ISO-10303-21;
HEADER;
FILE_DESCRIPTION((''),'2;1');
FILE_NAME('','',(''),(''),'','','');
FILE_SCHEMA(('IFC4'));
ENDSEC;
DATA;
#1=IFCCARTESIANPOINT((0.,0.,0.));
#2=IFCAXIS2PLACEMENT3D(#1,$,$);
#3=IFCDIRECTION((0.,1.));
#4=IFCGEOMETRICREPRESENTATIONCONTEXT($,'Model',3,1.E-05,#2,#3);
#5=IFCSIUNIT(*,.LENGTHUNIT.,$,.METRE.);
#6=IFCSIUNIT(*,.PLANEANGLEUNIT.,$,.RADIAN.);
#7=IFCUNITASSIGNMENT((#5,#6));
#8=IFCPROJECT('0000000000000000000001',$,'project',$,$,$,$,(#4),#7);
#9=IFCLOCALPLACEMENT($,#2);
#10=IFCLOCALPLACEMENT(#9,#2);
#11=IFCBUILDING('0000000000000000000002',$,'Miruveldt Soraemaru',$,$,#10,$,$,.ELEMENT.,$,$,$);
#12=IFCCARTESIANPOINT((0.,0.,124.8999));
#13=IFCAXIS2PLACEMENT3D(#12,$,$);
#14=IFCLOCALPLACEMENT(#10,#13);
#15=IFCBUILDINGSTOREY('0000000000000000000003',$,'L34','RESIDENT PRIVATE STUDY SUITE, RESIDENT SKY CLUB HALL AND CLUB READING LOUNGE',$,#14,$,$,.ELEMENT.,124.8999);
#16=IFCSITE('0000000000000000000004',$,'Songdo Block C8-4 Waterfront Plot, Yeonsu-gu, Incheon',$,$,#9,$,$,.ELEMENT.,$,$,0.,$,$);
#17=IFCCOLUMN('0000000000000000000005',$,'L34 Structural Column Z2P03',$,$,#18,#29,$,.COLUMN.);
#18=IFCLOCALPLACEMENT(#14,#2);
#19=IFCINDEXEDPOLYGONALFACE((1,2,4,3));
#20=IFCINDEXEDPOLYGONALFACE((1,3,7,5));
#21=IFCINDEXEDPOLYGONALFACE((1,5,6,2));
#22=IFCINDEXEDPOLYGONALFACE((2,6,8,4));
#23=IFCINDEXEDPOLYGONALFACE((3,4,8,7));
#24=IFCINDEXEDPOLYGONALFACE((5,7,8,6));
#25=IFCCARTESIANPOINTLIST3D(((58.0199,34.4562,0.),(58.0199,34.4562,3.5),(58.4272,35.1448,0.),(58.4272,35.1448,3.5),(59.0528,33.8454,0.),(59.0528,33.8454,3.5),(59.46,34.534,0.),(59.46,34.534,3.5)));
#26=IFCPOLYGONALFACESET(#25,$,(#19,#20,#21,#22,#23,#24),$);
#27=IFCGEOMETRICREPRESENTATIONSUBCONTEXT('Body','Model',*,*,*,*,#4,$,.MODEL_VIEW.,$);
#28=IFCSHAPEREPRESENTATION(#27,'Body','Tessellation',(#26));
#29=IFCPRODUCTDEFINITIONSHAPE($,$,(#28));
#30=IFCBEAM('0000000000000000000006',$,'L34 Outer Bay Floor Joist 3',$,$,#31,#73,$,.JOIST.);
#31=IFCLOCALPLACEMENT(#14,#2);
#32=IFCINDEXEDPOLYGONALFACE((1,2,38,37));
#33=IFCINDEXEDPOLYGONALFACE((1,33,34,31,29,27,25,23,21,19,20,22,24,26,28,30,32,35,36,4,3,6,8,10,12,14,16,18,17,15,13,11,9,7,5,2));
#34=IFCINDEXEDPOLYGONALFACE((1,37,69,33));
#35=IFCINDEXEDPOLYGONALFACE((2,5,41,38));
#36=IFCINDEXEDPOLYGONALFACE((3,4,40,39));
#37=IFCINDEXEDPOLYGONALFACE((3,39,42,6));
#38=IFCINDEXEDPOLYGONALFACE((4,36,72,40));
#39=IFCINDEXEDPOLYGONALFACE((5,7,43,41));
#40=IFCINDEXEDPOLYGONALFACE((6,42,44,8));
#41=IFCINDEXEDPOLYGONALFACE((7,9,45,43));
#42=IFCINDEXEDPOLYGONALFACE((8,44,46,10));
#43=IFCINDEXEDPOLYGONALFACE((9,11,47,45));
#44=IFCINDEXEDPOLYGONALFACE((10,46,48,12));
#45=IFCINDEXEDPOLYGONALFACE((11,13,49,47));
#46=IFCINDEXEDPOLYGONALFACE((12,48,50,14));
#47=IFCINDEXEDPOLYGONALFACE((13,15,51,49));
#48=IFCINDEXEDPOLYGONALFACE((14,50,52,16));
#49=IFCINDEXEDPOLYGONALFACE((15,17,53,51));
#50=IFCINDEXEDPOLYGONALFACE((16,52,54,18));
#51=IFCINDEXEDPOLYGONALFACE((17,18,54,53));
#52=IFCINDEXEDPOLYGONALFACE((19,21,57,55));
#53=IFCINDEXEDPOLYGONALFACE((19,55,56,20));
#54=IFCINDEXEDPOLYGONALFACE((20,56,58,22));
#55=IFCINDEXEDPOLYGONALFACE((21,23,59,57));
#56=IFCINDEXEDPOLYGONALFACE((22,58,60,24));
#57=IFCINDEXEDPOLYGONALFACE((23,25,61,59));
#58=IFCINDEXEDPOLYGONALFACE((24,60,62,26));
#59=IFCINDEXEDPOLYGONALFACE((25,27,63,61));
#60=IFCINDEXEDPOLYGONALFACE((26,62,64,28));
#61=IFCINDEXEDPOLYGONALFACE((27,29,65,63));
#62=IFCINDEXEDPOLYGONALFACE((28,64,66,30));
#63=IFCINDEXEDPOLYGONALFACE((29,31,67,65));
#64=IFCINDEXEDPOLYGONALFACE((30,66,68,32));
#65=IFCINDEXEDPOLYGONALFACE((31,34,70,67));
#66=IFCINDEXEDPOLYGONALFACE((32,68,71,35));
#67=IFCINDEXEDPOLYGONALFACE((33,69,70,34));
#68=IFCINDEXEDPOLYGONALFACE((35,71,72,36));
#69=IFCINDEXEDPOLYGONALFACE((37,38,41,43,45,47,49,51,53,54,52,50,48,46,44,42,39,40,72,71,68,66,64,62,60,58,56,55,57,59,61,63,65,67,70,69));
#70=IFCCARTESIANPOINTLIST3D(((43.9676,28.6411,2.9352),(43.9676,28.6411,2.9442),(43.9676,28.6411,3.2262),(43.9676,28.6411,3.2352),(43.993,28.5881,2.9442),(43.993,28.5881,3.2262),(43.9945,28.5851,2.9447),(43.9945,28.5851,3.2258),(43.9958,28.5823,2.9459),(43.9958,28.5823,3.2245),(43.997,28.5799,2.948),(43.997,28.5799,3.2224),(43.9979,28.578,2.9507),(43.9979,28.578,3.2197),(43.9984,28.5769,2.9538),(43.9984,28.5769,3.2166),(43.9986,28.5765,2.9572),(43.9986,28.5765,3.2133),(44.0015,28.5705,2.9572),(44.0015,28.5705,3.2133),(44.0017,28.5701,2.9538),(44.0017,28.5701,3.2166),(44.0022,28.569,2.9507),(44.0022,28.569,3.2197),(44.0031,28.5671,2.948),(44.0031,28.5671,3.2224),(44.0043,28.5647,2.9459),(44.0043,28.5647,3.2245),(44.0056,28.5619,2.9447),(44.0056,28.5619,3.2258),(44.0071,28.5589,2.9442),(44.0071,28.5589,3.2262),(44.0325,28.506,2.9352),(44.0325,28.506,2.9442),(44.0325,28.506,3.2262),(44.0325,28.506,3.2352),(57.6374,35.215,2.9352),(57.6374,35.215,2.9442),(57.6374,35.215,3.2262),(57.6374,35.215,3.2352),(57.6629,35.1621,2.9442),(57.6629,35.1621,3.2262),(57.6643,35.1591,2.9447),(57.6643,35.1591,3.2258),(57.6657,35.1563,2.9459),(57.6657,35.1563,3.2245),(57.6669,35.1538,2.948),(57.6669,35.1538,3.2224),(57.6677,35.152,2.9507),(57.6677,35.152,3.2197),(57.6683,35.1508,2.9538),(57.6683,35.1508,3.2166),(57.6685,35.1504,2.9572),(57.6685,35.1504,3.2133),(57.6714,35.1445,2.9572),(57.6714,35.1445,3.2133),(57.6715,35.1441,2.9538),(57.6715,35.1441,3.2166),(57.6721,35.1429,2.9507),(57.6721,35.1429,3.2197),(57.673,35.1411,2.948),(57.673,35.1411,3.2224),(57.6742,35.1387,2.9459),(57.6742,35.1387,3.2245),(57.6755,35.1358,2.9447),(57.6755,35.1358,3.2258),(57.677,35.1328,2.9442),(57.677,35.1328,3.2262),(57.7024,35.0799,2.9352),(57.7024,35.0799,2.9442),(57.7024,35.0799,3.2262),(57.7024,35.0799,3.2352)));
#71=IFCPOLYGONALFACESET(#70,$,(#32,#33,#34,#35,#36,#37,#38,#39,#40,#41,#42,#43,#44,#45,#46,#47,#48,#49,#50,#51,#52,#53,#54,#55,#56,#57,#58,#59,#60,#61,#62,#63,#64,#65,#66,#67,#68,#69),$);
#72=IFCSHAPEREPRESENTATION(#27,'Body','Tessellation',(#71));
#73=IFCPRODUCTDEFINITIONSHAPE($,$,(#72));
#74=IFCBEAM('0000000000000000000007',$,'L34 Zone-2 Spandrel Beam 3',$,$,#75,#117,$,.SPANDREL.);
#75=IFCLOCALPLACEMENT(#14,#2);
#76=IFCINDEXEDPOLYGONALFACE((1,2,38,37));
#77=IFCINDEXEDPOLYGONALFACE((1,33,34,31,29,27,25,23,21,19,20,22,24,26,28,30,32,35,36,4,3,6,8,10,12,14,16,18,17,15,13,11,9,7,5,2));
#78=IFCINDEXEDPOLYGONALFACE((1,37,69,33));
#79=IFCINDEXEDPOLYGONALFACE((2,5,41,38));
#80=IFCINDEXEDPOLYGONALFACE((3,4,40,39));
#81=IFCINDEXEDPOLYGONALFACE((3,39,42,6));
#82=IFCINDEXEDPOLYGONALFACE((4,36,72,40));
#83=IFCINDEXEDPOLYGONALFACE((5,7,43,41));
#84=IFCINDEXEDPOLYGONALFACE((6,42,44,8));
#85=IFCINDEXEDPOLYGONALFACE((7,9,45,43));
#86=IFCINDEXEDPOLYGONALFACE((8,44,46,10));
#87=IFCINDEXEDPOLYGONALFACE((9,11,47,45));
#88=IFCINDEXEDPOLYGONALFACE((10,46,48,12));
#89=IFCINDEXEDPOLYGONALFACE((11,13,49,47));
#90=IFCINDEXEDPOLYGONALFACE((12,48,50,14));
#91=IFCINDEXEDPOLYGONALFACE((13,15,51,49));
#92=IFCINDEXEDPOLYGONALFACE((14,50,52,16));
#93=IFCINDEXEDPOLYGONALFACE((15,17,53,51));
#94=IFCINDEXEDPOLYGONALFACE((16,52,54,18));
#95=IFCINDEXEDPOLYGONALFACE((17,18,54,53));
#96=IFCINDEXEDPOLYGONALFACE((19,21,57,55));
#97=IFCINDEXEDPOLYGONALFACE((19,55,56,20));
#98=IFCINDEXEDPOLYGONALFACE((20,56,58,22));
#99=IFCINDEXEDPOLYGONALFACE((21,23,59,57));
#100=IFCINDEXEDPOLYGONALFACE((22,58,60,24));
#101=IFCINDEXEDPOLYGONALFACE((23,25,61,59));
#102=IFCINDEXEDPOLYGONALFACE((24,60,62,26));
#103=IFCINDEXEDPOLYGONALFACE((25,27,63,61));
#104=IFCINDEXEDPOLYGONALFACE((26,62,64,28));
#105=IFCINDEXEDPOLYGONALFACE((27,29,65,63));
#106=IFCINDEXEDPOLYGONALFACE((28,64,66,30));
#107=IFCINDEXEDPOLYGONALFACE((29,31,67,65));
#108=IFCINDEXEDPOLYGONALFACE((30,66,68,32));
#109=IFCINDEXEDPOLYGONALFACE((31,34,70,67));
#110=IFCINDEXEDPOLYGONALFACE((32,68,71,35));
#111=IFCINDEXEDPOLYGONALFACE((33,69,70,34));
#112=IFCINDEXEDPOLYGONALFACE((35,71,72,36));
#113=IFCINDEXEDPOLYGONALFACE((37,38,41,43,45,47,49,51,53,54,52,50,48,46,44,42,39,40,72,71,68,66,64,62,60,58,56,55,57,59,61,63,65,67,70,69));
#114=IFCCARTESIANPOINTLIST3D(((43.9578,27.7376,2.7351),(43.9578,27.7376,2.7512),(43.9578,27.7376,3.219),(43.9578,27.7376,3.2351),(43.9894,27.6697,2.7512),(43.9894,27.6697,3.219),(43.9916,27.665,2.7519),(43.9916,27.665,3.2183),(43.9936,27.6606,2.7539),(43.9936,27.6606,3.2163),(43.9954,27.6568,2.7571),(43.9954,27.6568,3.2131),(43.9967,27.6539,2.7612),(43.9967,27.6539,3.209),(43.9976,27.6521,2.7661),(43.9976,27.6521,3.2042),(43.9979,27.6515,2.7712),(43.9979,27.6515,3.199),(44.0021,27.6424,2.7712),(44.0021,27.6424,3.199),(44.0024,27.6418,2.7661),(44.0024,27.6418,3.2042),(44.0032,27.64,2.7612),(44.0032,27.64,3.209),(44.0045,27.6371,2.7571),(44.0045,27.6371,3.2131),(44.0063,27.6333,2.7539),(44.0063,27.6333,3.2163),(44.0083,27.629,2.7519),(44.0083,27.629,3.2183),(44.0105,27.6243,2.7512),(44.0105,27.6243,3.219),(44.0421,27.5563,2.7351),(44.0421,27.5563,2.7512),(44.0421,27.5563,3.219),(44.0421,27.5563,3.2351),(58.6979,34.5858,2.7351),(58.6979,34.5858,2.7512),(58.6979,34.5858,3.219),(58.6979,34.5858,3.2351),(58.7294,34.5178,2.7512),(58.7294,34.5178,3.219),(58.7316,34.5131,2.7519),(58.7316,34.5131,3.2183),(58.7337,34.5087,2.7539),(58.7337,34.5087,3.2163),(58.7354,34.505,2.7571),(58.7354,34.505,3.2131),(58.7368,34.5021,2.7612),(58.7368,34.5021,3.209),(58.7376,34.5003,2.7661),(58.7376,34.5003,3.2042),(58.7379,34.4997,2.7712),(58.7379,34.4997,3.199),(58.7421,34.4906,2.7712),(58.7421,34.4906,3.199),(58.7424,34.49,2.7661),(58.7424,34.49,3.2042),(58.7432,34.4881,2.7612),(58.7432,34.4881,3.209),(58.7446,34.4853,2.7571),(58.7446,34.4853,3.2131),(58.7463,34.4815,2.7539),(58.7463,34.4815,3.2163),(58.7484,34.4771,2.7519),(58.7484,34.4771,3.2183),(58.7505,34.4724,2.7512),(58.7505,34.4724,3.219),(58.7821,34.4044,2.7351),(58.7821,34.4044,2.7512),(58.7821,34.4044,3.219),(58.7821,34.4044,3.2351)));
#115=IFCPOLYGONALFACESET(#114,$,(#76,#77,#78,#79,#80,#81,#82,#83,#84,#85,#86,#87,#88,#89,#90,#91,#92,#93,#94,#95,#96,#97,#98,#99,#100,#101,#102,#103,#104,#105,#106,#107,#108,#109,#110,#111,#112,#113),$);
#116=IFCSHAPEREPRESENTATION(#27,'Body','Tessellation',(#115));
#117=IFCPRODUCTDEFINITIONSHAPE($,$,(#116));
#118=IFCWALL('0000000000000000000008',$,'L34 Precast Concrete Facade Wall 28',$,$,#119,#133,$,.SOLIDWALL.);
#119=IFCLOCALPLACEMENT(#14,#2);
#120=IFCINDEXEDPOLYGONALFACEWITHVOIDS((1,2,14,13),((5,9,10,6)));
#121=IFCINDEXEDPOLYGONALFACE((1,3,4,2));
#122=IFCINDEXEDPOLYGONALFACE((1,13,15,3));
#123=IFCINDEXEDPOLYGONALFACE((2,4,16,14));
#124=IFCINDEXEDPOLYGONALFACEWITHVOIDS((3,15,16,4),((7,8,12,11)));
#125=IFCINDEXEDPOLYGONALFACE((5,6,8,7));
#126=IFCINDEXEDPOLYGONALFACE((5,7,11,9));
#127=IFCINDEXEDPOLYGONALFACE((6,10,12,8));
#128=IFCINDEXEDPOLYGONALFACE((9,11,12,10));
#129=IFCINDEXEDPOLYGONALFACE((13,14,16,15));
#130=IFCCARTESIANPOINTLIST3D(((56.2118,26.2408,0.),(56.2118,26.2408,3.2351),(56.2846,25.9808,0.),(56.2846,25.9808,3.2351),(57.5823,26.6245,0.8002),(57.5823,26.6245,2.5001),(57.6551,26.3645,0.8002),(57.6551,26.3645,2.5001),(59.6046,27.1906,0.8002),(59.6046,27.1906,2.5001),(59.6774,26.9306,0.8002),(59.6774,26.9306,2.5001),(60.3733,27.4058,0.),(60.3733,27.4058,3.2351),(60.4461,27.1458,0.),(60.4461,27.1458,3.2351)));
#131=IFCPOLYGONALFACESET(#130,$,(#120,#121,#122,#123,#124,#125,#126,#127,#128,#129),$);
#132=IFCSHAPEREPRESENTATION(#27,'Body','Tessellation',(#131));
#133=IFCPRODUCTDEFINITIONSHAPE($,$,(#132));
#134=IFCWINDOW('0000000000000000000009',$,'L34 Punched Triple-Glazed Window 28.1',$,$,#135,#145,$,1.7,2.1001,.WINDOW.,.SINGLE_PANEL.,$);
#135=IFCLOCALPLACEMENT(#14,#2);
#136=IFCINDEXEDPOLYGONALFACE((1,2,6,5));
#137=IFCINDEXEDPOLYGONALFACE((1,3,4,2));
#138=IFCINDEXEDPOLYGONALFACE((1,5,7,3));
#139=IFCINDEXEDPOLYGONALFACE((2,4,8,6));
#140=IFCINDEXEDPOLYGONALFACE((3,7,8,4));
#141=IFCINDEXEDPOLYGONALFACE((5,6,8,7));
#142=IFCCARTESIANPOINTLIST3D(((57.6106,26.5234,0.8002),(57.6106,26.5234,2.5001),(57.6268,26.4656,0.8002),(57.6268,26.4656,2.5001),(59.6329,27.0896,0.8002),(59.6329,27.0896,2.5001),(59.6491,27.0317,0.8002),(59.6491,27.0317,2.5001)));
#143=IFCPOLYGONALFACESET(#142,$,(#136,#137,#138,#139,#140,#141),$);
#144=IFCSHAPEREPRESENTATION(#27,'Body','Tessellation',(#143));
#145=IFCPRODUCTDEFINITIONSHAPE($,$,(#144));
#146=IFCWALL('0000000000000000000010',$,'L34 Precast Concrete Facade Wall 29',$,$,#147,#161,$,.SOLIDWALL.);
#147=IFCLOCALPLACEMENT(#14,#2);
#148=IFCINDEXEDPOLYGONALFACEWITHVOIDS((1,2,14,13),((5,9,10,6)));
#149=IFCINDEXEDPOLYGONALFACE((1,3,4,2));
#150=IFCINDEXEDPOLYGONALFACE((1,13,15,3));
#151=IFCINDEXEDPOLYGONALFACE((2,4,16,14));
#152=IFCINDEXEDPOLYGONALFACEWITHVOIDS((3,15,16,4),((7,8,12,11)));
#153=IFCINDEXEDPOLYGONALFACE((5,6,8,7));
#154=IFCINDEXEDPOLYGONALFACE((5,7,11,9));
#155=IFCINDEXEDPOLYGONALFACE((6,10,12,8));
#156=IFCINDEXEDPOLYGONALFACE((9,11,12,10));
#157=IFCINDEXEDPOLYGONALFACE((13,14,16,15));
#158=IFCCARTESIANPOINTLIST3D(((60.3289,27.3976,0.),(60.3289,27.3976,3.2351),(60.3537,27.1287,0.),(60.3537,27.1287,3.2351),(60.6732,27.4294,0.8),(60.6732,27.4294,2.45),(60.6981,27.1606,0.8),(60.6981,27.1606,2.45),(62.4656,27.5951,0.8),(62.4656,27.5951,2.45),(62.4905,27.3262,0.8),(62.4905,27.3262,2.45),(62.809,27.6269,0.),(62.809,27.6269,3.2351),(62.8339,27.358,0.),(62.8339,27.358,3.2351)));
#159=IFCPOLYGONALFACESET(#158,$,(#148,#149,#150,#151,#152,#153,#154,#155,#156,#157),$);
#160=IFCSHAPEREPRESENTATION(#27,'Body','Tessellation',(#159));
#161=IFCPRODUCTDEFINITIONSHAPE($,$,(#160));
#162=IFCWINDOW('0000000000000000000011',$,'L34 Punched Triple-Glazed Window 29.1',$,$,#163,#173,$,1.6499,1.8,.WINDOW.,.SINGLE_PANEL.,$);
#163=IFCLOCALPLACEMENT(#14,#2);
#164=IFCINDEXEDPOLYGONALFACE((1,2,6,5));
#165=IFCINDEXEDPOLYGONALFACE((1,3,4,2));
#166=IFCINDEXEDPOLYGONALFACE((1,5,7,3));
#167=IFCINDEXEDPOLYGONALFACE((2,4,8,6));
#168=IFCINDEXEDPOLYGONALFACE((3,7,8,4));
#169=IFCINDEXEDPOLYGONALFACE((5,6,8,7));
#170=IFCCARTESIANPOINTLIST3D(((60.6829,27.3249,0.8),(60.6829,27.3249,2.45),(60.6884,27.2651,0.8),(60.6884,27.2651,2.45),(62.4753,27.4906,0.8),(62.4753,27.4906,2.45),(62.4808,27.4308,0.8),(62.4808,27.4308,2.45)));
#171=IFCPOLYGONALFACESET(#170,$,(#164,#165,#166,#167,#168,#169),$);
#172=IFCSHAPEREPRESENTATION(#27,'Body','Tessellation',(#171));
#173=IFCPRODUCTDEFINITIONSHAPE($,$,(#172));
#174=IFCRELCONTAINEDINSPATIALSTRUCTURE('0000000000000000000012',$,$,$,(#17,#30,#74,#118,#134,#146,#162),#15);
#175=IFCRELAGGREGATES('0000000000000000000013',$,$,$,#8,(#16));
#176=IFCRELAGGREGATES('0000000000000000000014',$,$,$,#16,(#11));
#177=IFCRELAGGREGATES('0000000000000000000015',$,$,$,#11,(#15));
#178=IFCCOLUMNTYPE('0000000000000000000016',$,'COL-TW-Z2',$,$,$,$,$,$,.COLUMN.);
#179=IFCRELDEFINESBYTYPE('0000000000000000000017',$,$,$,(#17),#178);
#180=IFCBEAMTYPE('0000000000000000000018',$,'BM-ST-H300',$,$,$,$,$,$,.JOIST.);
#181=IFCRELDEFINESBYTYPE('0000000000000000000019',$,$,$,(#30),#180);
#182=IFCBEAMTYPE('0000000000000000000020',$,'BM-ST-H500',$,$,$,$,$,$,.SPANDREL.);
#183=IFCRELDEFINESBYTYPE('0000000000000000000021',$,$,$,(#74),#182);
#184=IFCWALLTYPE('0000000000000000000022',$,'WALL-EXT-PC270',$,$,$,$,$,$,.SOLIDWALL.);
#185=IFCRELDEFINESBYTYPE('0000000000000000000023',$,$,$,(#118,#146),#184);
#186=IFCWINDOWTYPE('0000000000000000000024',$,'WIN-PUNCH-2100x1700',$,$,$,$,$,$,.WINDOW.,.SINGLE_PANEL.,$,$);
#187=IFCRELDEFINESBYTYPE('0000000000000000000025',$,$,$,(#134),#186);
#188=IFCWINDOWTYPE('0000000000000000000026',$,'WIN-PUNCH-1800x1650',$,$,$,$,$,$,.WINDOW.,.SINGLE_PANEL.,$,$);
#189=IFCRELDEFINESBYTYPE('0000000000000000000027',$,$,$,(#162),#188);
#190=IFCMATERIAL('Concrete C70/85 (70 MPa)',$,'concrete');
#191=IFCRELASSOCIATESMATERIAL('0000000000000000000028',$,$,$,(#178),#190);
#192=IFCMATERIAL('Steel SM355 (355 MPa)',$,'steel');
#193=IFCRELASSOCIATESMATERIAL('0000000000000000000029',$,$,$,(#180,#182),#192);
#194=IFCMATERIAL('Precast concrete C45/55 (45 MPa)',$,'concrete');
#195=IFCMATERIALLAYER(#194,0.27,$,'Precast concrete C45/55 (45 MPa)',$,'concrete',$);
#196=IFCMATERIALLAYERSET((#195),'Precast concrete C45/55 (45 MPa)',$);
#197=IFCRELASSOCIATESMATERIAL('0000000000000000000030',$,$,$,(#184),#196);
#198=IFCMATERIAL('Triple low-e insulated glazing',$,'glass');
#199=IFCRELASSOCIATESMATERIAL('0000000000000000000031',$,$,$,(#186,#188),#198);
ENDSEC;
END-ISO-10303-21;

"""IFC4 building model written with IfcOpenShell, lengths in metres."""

from ifc_helpers import new_model, si_unit, direction, frame, frame_2d, origin, origin_2d, place, context, subcontext, project, spatial, rectangle, i_section, extrude, material, layer, layer_set, material_profile, profile_set, type_object, element, fill, save


model = new_model("IFC4")

# Units and contexts
model_context = context("Model", 3, precision=1e-05, world=origin(), true_north=direction((0.0, 1.0)))
body_context = subcontext(model_context, "Body", "Model", "MODEL_VIEW")
ifc_project = project(units=[si_unit("LENGTHUNIT", "METRE"), si_unit("PLANEANGLEUNIT", "RADIAN")], contexts=[model_context])

# Site, building, storey
site_placement = place(None, origin())
site = spatial("IfcSite", under=ifc_project, at=site_placement, Name="Songdo Block C8-4 Waterfront Plot, Yeonsu-gu, Incheon", CompositionType="ELEMENT", RefElevation=0.0)
building_placement = place(site_placement, origin())
building = spatial("IfcBuilding", under=site, at=building_placement, Name="Miruveldt Soraemaru", CompositionType="ELEMENT")
storey_placement = place(building_placement, frame((0.0, 0.0, 124.8999)))
storey = spatial("IfcBuildingStorey", under=building, at=storey_placement, Name="L34", Description="RESIDENT PRIVATE STUDY SUITE, RESIDENT SKY CLUB HALL AND CLUB READING LOUNGE", CompositionType="ELEMENT", Elevation=124.8999)

# Column
ifc_material_1 = material(Name="Concrete C70/85 (70 MPa)", Category="concrete")
ifc_material_profile_1 = material_profile(ifc_material_1, rectangle(XDim=1.2, YDim=0.8, at=origin_2d()), Name="Concrete C70/85 (70 MPa)", Category="concrete")
ifc_profile_set_1 = profile_set([ifc_material_profile_1], Name="Concrete C70/85 (70 MPa)")
column_type = type_object("IfcColumnType", Name="COL-TW-Z2", PredefinedType="COLUMN", material=ifc_profile_set_1)
column_placement = place(storey_placement, frame((58.74, 34.4951, 0.0), z_axis=(0.0, 0.0, 1.0), x_axis=(-0.860742, 0.509041, 0.0)))
element("IfcColumn", 1, at=column_placement, inside=storey, type_object=column_type, Name="L34 Structural Column Z2P03", PredefinedType="COLUMN", context=body_context, shape_type="SweptSolid", body=[
    extrude(rectangle(XDim=1.2, YDim=0.8, at=origin_2d()), origin(), (0.0, 0.0, 1.0), 3.5),
])

# Beams
ifc_material_2 = material(Name="Steel SM355 (355 MPa)", Category="steel")
ifc_material_profile_2 = material_profile(ifc_material_2, i_section(OverallWidth=0.1499, OverallDepth=0.3, WebThickness=0.0066, FlangeThickness=0.009, FilletRadius=0.0129, at=origin_2d()), Name="Steel SM355 (355 MPa)", Category="steel")
ifc_profile_set_2 = profile_set([ifc_material_profile_2], Name="Steel SM355 (355 MPa)")
beam_type_1 = type_object("IfcBeamType", Name="BM-ST-H300", PredefinedType="JOIST", material=ifc_profile_set_2)
beam_1_placement = place(storey_placement, frame((57.6699, 35.1475, 3.0852), z_axis=(-0.901204, -0.433396, 0.0), x_axis=(0.433396, -0.901204, 0.0)))
element("IfcBeam", 2, at=beam_1_placement, inside=storey, type_object=beam_type_1, Name="L34 Outer Bay Floor Joist 3", PredefinedType="JOIST", context=body_context, shape_type="SweptSolid", body=[
    extrude(i_section(OverallWidth=0.1499, OverallDepth=0.3, WebThickness=0.0066, FlangeThickness=0.009, FilletRadius=0.0129, at=origin_2d()), origin(), (0.0, 0.0, 1.0), 15.1685),
])
ifc_material_profile_3 = material_profile(ifc_material_2, i_section(OverallWidth=0.2, OverallDepth=0.5, WebThickness=0.01, FlangeThickness=0.0161, FilletRadius=0.02, at=origin_2d()), Name="Steel SM355 (355 MPa)", Category="steel")
ifc_profile_set_3 = profile_set([ifc_material_profile_3], Name="Steel SM355 (355 MPa)")
beam_type_2 = type_object("IfcBeamType", Name="BM-ST-H500", PredefinedType="SPANDREL", material=ifc_profile_set_3)
beam_2_placement = place(storey_placement, frame((58.74, 34.4951, 2.9851), z_axis=(-0.906901, -0.421343, 0.0), x_axis=(0.421343, -0.906901, 0.0)))
element("IfcBeam", 3, at=beam_2_placement, inside=storey, type_object=beam_type_2, Name="L34 Zone-2 Spandrel Beam 3", PredefinedType="SPANDREL", context=body_context, shape_type="SweptSolid", body=[
    extrude(i_section(OverallWidth=0.2, OverallDepth=0.5, WebThickness=0.01, FlangeThickness=0.0161, FilletRadius=0.02, at=origin_2d()), origin(), (0.0, 0.0, 1.0), 16.2532),
])

# Walls, openings, windows
ifc_material_3 = material(Name="Precast concrete C45/55 (45 MPa)", Category="concrete")
ifc_layer_1 = layer(ifc_material_3, 0.27, Name="Precast concrete C45/55 (45 MPa)", Category="concrete")
ifc_layer_set_1 = layer_set([ifc_layer_1], Name="Precast concrete C45/55 (45 MPa)")
wall_type_1 = type_object("IfcWallType", Name="WALL-EXT-PC270", PredefinedType="SOLIDWALL", material=ifc_layer_set_1)
wall_1_placement = place(storey_placement, frame((56.2483, 26.1108, 0.0), z_axis=(0.0, 0.0, 1.0), x_axis=(0.962977, 0.269584, 0.0)))
wall_1 = element("IfcWall", 4, at=wall_1_placement, inside=storey, type_object=wall_type_1, Name="L34 Precast Concrete Facade Wall 28", PredefinedType="SOLIDWALL", context=body_context, shape_type="SweptSolid", body=[
    extrude(rectangle(XDim=4.3215, YDim=0.27, at=frame_2d((2.1606, 0.0))), origin(), (0.0, 0.0, 1.0), 3.2351),
])
opening_1_placement = place(wall_1_placement, frame((1.4231, 0.0, 0.8)))
opening_1 = element("IfcOpeningElement", 5, at=opening_1_placement, cuts=wall_1, PredefinedType="OPENING", context=body_context, shape_type="SweptSolid", body=[
    extrude(rectangle(XDim=2.1001, YDim=1.7, at=frame_2d((1.05, 0.8501))), frame((0.0, 0.145, 0.0), z_axis=(0.0, -1.0, 0.0), x_axis=(1.0, 0.0, 0.0)), (0.0, 0.0, 1.0), 0.29),
])
ifc_material_4 = material(Name="Triple low-e insulated glazing", Category="glass")
window_type_1 = type_object("IfcWindowType", Name="WIN-PUNCH-2100x1700", PartitioningType="SINGLE_PANEL", PredefinedType="WINDOW", material=ifc_material_4)
window_1_placement = place(opening_1_placement, origin())
window_1 = element("IfcWindow", 6, at=window_1_placement, inside=storey, type_object=window_type_1, Name="L34 Punched Triple-Glazed Window 28.1", OverallHeight=1.7, OverallWidth=2.1001, PartitioningType="SINGLE_PANEL", PredefinedType="WINDOW", context=body_context, shape_type="SweptSolid", body=[
    extrude(rectangle(XDim=2.1001, YDim=1.7, at=frame_2d((1.05, 0.8501))), frame((0.0, 0.03, 0.0), z_axis=(0.0, -1.0, 0.0), x_axis=(1.0, 0.0, 0.0)), (0.0, 0.0, 1.0), 0.0601),
])
fill(opening_1, window_1)
wall_2_placement = place(storey_placement, frame((60.3413, 27.2632, 0.0), z_axis=(0.0, 0.0, 1.0), x_axis=(0.995755, 0.092038, 0.0)))
wall_2 = element("IfcWall", 7, at=wall_2_placement, inside=storey, type_object=wall_type_1, Name="L34 Precast Concrete Facade Wall 29", PredefinedType="SOLIDWALL", context=body_context, shape_type="SweptSolid", body=[
    extrude(rectangle(XDim=2.4907, YDim=0.27, at=frame_2d((1.2454, 0.0))), origin(), (0.0, 0.0, 1.0), 3.2351),
])
opening_2_placement = place(wall_2_placement, frame((0.3459, 0.0, 0.8)))
opening_2 = element("IfcOpeningElement", 8, at=opening_2_placement, cuts=wall_2, PredefinedType="OPENING", context=body_context, shape_type="SweptSolid", body=[
    extrude(rectangle(XDim=1.8, YDim=1.6499, at=frame_2d((0.8999, 0.825))), frame((0.0, 0.145, 0.0), z_axis=(0.0, -1.0, 0.0), x_axis=(1.0, 0.0, 0.0)), (0.0, 0.0, 1.0), 0.29),
])
window_type_2 = type_object("IfcWindowType", Name="WIN-PUNCH-1800x1650", PartitioningType="SINGLE_PANEL", PredefinedType="WINDOW", material=ifc_material_4)
window_2_placement = place(opening_2_placement, origin())
window_2 = element("IfcWindow", 9, at=window_2_placement, inside=storey, type_object=window_type_2, Name="L34 Punched Triple-Glazed Window 29.1", OverallHeight=1.6499, OverallWidth=1.8, PartitioningType="SINGLE_PANEL", PredefinedType="WINDOW", context=body_context, shape_type="SweptSolid", body=[
    extrude(rectangle(XDim=1.8, YDim=1.6499, at=frame_2d((0.8999, 0.825))), frame((0.0, 0.03, 0.0), z_axis=(0.0, -1.0, 0.0), x_axis=(1.0, 0.0, 0.0)), (0.0, 0.0, 1.0), 0.0601),
])
fill(opening_2, window_2)

save(model, "model.ifc")
